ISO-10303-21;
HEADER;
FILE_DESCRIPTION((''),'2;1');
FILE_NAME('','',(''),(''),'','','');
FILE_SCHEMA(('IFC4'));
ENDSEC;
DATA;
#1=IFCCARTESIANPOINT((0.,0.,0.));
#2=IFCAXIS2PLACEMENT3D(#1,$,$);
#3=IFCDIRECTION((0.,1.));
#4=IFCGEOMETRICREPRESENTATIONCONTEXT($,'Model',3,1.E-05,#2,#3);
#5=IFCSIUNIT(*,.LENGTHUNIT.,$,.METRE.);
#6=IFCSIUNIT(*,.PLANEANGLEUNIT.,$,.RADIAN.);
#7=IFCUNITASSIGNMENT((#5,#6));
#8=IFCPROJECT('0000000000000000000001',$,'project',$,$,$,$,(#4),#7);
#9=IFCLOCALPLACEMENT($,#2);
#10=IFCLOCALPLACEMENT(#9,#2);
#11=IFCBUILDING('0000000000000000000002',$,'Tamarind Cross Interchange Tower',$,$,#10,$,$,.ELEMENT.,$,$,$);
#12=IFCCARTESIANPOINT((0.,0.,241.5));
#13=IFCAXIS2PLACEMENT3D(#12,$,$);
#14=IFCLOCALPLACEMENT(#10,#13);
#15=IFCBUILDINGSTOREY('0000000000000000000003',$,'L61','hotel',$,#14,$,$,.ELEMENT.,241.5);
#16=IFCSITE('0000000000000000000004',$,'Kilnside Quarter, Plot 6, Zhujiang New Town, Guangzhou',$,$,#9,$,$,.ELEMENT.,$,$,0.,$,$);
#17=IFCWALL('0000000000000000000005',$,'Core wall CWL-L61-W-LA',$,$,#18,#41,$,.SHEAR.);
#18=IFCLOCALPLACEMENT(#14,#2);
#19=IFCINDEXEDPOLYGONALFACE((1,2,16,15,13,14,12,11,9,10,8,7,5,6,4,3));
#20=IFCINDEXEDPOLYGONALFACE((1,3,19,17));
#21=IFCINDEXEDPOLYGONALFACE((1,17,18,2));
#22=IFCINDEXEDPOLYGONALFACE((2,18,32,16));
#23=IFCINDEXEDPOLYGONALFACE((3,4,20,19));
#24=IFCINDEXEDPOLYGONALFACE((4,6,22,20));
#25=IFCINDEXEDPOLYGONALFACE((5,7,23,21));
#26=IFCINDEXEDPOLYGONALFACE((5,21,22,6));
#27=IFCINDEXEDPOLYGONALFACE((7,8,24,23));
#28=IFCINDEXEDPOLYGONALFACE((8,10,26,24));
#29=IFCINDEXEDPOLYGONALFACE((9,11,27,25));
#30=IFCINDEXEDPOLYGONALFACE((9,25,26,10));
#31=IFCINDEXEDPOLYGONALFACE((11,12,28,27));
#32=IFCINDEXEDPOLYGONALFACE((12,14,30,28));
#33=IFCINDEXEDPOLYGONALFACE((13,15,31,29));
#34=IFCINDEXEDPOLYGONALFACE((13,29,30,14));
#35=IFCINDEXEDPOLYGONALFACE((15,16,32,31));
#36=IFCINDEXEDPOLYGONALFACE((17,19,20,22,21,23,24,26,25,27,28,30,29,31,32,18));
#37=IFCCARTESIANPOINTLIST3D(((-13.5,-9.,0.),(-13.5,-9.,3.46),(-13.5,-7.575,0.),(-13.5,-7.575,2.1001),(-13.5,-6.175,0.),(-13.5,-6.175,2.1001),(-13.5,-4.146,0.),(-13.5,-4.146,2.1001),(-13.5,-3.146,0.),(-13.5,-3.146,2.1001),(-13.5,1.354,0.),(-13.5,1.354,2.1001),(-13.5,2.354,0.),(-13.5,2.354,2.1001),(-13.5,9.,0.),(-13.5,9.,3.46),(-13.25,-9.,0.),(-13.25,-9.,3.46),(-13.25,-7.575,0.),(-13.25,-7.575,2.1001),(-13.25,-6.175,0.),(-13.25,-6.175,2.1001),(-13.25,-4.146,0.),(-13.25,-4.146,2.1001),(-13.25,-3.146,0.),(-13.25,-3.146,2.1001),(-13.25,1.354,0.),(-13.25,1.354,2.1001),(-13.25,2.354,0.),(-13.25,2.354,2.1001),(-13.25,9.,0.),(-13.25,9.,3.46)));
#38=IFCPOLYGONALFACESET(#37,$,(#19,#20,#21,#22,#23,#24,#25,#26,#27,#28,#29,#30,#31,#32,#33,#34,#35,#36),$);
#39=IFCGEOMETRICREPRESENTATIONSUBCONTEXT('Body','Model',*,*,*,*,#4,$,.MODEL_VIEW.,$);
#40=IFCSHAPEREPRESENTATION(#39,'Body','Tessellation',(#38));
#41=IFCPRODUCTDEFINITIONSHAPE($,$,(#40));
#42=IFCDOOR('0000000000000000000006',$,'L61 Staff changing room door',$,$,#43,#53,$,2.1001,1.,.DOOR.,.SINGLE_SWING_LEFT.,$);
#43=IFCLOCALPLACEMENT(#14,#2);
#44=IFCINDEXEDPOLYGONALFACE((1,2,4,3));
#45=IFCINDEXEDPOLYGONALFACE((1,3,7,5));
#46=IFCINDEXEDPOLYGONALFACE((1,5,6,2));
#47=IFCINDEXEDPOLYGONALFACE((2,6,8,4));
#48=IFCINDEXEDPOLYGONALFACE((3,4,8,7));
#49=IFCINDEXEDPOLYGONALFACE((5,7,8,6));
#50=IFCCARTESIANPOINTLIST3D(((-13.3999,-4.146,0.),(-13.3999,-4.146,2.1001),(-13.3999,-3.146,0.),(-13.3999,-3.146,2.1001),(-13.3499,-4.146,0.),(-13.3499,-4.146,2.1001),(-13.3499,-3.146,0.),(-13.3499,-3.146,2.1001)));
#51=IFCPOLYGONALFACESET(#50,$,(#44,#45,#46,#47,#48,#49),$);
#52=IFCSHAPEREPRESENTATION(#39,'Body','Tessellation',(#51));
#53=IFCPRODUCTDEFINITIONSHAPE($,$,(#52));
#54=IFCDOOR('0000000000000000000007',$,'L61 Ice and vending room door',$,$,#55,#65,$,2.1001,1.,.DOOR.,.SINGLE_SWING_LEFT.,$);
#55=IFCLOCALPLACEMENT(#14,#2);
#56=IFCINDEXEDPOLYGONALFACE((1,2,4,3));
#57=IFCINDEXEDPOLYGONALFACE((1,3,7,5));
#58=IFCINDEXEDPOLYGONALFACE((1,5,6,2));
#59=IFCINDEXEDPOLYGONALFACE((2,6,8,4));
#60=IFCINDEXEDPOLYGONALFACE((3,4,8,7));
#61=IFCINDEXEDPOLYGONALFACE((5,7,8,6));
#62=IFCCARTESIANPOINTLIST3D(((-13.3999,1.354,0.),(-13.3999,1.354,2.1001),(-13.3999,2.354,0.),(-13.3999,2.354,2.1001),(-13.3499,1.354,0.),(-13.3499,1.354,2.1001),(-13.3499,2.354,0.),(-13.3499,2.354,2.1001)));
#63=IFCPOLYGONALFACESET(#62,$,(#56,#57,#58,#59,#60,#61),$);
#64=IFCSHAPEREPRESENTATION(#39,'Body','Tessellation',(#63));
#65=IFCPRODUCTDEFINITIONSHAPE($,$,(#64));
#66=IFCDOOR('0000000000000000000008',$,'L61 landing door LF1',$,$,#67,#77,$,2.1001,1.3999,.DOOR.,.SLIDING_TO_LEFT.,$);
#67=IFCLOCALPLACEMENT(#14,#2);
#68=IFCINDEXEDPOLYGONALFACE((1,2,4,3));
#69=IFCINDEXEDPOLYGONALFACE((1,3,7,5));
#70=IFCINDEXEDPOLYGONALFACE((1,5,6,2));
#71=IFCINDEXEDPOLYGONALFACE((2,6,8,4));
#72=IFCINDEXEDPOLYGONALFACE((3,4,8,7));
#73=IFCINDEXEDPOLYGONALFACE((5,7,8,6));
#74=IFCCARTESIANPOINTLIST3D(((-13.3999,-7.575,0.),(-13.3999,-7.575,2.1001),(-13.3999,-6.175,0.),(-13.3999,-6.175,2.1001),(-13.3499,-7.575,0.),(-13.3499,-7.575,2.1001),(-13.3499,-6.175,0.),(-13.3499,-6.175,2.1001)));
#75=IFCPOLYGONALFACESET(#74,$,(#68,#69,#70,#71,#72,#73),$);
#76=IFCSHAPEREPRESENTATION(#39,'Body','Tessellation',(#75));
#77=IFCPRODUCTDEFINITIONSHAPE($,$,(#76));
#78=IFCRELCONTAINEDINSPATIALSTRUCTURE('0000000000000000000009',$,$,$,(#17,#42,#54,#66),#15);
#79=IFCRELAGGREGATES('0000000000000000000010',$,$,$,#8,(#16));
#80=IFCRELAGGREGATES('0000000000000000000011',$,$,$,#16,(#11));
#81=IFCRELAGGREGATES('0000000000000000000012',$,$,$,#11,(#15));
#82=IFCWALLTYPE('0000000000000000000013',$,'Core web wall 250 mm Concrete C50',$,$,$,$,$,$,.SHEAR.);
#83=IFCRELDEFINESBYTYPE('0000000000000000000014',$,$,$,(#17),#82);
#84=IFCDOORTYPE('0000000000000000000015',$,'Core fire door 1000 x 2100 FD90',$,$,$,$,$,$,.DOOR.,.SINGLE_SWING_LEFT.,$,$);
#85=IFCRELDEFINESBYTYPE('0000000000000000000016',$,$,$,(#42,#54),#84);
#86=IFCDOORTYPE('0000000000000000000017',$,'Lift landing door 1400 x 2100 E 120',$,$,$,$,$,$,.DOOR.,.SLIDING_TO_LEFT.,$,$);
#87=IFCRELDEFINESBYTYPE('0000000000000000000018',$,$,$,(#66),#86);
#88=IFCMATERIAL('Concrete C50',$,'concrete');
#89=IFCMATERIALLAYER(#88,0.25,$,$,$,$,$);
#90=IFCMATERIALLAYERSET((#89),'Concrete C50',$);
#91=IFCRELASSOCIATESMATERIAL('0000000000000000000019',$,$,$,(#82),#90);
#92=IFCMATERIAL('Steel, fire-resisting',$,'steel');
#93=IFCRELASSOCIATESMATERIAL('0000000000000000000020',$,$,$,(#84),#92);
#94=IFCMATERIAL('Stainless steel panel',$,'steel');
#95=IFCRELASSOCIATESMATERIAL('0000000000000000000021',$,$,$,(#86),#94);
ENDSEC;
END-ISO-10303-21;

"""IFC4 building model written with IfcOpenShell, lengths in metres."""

from ifc_helpers import new_model, si_unit, direction, frame, frame_2d, origin, place, context, subcontext, project, spatial, rectangle, extrude, material, layer, layer_set, type_object, element, fill, save


model = new_model("IFC4")

# Units and contexts
model_context = context("Model", 3, precision=1e-05, world=origin(), true_north=direction((0.0, 1.0)))
body_context = subcontext(model_context, "Body", "Model", "MODEL_VIEW")
ifc_project = project(units=[si_unit("LENGTHUNIT", "METRE"), si_unit("PLANEANGLEUNIT", "RADIAN")], contexts=[model_context])

# Site, building, storey
site_placement = place(None, origin())
site = spatial("IfcSite", under=ifc_project, at=site_placement, Name="Kilnside Quarter, Plot 6, Zhujiang New Town, Guangzhou", CompositionType="ELEMENT", RefElevation=0.0)
building_placement = place(site_placement, origin())
building = spatial("IfcBuilding", under=site, at=building_placement, Name="Tamarind Cross Interchange Tower", CompositionType="ELEMENT")
storey_placement = place(building_placement, frame((0.0, 0.0, 241.5)))
storey = spatial("IfcBuildingStorey", under=building, at=storey_placement, Name="L61", Description="hotel", CompositionType="ELEMENT", Elevation=241.5)

# Shared definitions
ifc_material_1 = material(Name="Concrete C50", Category="concrete")

# Shared definitions
ifc_material_2 = material(Name="Steel, fire-resisting", Category="steel")

# Shared definitions
ifc_layer_1 = layer(ifc_material_1, 0.25)
ifc_layer_set_1 = layer_set([ifc_layer_1], Name="Concrete C50")
wall_type_1 = type_object("IfcWallType", Name="Core web wall 250 mm Concrete C50", PredefinedType="SHEAR", material=ifc_layer_set_1)

# Wall, openings, doors
wall_1_placement = place(storey_placement, frame((-13.375, -9.0, 0.0), z_axis=(0.0, 0.0, 1.0), x_axis=(0.0, 1.0, 0.0)))
wall_1 = element("IfcWall", 1, at=wall_1_placement, inside=storey, type_object=wall_type_1, Name="Core wall CWL-L61-W-LA", PredefinedType="SHEAR", context=body_context, shape_type="SweptSolid", body=[
    extrude(rectangle(XDim=18.0, YDim=0.25, at=frame_2d((9.0, 0.0))), origin(), (0.0, 0.0, 1.0), 3.46),
])
opening_1_placement = place(wall_1_placement, frame((1.425, 0.0, 0.0)))
opening_1 = element("IfcOpeningElement", 2, at=opening_1_placement, cuts=wall_1, PredefinedType="OPENING", context=body_context, shape_type="SweptSolid", body=[
    extrude(rectangle(XDim=1.3999, YDim=2.1001, at=frame_2d((0.7, 1.05))), frame((0.0, 0.135, 0.0), z_axis=(0.0, -1.0, 0.0), x_axis=(1.0, 0.0, 0.0)), (0.0, 0.0, 1.0), 0.27),
])
opening_2_placement = place(wall_1_placement, frame((4.854, 0.0, 0.0)))
opening_2 = element("IfcOpeningElement", 3, at=opening_2_placement, cuts=wall_1, PredefinedType="OPENING", context=body_context, shape_type="SweptSolid", body=[
    extrude(rectangle(XDim=1.0, YDim=2.1001, at=frame_2d((0.5, 1.05))), frame((0.0, 0.135, 0.0), z_axis=(0.0, -1.0, 0.0), x_axis=(1.0, 0.0, 0.0)), (0.0, 0.0, 1.0), 0.27),
])
opening_3_placement = place(wall_1_placement, frame((10.354, 0.0, 0.0)))
opening_3 = element("IfcOpeningElement", 4, at=opening_3_placement, cuts=wall_1, PredefinedType="OPENING", context=body_context, shape_type="SweptSolid", body=[
    extrude(rectangle(XDim=1.0, YDim=2.1001, at=frame_2d((0.5, 1.05))), frame((0.0, 0.135, 0.0), z_axis=(0.0, -1.0, 0.0), x_axis=(1.0, 0.0, 0.0)), (0.0, 0.0, 1.0), 0.27),
])
door_type_1 = type_object("IfcDoorType", Name="Core fire door 1000 x 2100 FD90", OperationType="SINGLE_SWING_LEFT", PredefinedType="DOOR", material=ifc_material_2)
door_1_placement = place(opening_2_placement, origin())
door_1 = element("IfcDoor", 5, at=door_1_placement, inside=storey, type_object=door_type_1, Name="L61 Staff changing room door", OperationType="SINGLE_SWING_LEFT", OverallHeight=2.1001, OverallWidth=1.0, PredefinedType="DOOR", context=body_context, shape_type="SweptSolid", body=[
    extrude(rectangle(XDim=1.0, YDim=2.1001, at=frame_2d((0.5, 1.05))), frame((0.0, 0.0249, 0.0), z_axis=(0.0, -1.0, 0.0), x_axis=(1.0, 0.0, 0.0)), (0.0, 0.0, 1.0), 0.05),
])
fill(opening_2, door_1)
door_2_placement = place(opening_3_placement, origin())
door_2 = element("IfcDoor", 6, at=door_2_placement, inside=storey, type_object=door_type_1, Name="L61 Ice and vending room door", OperationType="SINGLE_SWING_LEFT", OverallHeight=2.1001, OverallWidth=1.0, PredefinedType="DOOR", context=body_context, shape_type="SweptSolid", body=[
    extrude(rectangle(XDim=1.0, YDim=2.1001, at=frame_2d((0.5, 1.05))), frame((0.0, 0.0249, 0.0), z_axis=(0.0, -1.0, 0.0), x_axis=(1.0, 0.0, 0.0)), (0.0, 0.0, 1.0), 0.05),
])
fill(opening_3, door_2)
ifc_material_3 = material(Name="Stainless steel panel", Category="steel")
door_type_2 = type_object("IfcDoorType", Name="Lift landing door 1400 x 2100 E 120", OperationType="SLIDING_TO_LEFT", PredefinedType="DOOR", material=ifc_material_3)
door_3_placement = place(opening_1_placement, origin())
door_3 = element("IfcDoor", 7, at=door_3_placement, inside=storey, type_object=door_type_2, Name="L61 landing door LF1", OperationType="SLIDING_TO_LEFT", OverallHeight=2.1001, OverallWidth=1.3999, PredefinedType="DOOR", context=body_context, shape_type="SweptSolid", body=[
    extrude(rectangle(XDim=1.3999, YDim=2.1001, at=frame_2d((0.7, 1.05))), frame((0.0, 0.0249, 0.0), z_axis=(0.0, -1.0, 0.0), x_axis=(1.0, 0.0, 0.0)), (0.0, 0.0, 1.0), 0.05),
])
fill(opening_1, door_3)

save(model, "model.ifc")
